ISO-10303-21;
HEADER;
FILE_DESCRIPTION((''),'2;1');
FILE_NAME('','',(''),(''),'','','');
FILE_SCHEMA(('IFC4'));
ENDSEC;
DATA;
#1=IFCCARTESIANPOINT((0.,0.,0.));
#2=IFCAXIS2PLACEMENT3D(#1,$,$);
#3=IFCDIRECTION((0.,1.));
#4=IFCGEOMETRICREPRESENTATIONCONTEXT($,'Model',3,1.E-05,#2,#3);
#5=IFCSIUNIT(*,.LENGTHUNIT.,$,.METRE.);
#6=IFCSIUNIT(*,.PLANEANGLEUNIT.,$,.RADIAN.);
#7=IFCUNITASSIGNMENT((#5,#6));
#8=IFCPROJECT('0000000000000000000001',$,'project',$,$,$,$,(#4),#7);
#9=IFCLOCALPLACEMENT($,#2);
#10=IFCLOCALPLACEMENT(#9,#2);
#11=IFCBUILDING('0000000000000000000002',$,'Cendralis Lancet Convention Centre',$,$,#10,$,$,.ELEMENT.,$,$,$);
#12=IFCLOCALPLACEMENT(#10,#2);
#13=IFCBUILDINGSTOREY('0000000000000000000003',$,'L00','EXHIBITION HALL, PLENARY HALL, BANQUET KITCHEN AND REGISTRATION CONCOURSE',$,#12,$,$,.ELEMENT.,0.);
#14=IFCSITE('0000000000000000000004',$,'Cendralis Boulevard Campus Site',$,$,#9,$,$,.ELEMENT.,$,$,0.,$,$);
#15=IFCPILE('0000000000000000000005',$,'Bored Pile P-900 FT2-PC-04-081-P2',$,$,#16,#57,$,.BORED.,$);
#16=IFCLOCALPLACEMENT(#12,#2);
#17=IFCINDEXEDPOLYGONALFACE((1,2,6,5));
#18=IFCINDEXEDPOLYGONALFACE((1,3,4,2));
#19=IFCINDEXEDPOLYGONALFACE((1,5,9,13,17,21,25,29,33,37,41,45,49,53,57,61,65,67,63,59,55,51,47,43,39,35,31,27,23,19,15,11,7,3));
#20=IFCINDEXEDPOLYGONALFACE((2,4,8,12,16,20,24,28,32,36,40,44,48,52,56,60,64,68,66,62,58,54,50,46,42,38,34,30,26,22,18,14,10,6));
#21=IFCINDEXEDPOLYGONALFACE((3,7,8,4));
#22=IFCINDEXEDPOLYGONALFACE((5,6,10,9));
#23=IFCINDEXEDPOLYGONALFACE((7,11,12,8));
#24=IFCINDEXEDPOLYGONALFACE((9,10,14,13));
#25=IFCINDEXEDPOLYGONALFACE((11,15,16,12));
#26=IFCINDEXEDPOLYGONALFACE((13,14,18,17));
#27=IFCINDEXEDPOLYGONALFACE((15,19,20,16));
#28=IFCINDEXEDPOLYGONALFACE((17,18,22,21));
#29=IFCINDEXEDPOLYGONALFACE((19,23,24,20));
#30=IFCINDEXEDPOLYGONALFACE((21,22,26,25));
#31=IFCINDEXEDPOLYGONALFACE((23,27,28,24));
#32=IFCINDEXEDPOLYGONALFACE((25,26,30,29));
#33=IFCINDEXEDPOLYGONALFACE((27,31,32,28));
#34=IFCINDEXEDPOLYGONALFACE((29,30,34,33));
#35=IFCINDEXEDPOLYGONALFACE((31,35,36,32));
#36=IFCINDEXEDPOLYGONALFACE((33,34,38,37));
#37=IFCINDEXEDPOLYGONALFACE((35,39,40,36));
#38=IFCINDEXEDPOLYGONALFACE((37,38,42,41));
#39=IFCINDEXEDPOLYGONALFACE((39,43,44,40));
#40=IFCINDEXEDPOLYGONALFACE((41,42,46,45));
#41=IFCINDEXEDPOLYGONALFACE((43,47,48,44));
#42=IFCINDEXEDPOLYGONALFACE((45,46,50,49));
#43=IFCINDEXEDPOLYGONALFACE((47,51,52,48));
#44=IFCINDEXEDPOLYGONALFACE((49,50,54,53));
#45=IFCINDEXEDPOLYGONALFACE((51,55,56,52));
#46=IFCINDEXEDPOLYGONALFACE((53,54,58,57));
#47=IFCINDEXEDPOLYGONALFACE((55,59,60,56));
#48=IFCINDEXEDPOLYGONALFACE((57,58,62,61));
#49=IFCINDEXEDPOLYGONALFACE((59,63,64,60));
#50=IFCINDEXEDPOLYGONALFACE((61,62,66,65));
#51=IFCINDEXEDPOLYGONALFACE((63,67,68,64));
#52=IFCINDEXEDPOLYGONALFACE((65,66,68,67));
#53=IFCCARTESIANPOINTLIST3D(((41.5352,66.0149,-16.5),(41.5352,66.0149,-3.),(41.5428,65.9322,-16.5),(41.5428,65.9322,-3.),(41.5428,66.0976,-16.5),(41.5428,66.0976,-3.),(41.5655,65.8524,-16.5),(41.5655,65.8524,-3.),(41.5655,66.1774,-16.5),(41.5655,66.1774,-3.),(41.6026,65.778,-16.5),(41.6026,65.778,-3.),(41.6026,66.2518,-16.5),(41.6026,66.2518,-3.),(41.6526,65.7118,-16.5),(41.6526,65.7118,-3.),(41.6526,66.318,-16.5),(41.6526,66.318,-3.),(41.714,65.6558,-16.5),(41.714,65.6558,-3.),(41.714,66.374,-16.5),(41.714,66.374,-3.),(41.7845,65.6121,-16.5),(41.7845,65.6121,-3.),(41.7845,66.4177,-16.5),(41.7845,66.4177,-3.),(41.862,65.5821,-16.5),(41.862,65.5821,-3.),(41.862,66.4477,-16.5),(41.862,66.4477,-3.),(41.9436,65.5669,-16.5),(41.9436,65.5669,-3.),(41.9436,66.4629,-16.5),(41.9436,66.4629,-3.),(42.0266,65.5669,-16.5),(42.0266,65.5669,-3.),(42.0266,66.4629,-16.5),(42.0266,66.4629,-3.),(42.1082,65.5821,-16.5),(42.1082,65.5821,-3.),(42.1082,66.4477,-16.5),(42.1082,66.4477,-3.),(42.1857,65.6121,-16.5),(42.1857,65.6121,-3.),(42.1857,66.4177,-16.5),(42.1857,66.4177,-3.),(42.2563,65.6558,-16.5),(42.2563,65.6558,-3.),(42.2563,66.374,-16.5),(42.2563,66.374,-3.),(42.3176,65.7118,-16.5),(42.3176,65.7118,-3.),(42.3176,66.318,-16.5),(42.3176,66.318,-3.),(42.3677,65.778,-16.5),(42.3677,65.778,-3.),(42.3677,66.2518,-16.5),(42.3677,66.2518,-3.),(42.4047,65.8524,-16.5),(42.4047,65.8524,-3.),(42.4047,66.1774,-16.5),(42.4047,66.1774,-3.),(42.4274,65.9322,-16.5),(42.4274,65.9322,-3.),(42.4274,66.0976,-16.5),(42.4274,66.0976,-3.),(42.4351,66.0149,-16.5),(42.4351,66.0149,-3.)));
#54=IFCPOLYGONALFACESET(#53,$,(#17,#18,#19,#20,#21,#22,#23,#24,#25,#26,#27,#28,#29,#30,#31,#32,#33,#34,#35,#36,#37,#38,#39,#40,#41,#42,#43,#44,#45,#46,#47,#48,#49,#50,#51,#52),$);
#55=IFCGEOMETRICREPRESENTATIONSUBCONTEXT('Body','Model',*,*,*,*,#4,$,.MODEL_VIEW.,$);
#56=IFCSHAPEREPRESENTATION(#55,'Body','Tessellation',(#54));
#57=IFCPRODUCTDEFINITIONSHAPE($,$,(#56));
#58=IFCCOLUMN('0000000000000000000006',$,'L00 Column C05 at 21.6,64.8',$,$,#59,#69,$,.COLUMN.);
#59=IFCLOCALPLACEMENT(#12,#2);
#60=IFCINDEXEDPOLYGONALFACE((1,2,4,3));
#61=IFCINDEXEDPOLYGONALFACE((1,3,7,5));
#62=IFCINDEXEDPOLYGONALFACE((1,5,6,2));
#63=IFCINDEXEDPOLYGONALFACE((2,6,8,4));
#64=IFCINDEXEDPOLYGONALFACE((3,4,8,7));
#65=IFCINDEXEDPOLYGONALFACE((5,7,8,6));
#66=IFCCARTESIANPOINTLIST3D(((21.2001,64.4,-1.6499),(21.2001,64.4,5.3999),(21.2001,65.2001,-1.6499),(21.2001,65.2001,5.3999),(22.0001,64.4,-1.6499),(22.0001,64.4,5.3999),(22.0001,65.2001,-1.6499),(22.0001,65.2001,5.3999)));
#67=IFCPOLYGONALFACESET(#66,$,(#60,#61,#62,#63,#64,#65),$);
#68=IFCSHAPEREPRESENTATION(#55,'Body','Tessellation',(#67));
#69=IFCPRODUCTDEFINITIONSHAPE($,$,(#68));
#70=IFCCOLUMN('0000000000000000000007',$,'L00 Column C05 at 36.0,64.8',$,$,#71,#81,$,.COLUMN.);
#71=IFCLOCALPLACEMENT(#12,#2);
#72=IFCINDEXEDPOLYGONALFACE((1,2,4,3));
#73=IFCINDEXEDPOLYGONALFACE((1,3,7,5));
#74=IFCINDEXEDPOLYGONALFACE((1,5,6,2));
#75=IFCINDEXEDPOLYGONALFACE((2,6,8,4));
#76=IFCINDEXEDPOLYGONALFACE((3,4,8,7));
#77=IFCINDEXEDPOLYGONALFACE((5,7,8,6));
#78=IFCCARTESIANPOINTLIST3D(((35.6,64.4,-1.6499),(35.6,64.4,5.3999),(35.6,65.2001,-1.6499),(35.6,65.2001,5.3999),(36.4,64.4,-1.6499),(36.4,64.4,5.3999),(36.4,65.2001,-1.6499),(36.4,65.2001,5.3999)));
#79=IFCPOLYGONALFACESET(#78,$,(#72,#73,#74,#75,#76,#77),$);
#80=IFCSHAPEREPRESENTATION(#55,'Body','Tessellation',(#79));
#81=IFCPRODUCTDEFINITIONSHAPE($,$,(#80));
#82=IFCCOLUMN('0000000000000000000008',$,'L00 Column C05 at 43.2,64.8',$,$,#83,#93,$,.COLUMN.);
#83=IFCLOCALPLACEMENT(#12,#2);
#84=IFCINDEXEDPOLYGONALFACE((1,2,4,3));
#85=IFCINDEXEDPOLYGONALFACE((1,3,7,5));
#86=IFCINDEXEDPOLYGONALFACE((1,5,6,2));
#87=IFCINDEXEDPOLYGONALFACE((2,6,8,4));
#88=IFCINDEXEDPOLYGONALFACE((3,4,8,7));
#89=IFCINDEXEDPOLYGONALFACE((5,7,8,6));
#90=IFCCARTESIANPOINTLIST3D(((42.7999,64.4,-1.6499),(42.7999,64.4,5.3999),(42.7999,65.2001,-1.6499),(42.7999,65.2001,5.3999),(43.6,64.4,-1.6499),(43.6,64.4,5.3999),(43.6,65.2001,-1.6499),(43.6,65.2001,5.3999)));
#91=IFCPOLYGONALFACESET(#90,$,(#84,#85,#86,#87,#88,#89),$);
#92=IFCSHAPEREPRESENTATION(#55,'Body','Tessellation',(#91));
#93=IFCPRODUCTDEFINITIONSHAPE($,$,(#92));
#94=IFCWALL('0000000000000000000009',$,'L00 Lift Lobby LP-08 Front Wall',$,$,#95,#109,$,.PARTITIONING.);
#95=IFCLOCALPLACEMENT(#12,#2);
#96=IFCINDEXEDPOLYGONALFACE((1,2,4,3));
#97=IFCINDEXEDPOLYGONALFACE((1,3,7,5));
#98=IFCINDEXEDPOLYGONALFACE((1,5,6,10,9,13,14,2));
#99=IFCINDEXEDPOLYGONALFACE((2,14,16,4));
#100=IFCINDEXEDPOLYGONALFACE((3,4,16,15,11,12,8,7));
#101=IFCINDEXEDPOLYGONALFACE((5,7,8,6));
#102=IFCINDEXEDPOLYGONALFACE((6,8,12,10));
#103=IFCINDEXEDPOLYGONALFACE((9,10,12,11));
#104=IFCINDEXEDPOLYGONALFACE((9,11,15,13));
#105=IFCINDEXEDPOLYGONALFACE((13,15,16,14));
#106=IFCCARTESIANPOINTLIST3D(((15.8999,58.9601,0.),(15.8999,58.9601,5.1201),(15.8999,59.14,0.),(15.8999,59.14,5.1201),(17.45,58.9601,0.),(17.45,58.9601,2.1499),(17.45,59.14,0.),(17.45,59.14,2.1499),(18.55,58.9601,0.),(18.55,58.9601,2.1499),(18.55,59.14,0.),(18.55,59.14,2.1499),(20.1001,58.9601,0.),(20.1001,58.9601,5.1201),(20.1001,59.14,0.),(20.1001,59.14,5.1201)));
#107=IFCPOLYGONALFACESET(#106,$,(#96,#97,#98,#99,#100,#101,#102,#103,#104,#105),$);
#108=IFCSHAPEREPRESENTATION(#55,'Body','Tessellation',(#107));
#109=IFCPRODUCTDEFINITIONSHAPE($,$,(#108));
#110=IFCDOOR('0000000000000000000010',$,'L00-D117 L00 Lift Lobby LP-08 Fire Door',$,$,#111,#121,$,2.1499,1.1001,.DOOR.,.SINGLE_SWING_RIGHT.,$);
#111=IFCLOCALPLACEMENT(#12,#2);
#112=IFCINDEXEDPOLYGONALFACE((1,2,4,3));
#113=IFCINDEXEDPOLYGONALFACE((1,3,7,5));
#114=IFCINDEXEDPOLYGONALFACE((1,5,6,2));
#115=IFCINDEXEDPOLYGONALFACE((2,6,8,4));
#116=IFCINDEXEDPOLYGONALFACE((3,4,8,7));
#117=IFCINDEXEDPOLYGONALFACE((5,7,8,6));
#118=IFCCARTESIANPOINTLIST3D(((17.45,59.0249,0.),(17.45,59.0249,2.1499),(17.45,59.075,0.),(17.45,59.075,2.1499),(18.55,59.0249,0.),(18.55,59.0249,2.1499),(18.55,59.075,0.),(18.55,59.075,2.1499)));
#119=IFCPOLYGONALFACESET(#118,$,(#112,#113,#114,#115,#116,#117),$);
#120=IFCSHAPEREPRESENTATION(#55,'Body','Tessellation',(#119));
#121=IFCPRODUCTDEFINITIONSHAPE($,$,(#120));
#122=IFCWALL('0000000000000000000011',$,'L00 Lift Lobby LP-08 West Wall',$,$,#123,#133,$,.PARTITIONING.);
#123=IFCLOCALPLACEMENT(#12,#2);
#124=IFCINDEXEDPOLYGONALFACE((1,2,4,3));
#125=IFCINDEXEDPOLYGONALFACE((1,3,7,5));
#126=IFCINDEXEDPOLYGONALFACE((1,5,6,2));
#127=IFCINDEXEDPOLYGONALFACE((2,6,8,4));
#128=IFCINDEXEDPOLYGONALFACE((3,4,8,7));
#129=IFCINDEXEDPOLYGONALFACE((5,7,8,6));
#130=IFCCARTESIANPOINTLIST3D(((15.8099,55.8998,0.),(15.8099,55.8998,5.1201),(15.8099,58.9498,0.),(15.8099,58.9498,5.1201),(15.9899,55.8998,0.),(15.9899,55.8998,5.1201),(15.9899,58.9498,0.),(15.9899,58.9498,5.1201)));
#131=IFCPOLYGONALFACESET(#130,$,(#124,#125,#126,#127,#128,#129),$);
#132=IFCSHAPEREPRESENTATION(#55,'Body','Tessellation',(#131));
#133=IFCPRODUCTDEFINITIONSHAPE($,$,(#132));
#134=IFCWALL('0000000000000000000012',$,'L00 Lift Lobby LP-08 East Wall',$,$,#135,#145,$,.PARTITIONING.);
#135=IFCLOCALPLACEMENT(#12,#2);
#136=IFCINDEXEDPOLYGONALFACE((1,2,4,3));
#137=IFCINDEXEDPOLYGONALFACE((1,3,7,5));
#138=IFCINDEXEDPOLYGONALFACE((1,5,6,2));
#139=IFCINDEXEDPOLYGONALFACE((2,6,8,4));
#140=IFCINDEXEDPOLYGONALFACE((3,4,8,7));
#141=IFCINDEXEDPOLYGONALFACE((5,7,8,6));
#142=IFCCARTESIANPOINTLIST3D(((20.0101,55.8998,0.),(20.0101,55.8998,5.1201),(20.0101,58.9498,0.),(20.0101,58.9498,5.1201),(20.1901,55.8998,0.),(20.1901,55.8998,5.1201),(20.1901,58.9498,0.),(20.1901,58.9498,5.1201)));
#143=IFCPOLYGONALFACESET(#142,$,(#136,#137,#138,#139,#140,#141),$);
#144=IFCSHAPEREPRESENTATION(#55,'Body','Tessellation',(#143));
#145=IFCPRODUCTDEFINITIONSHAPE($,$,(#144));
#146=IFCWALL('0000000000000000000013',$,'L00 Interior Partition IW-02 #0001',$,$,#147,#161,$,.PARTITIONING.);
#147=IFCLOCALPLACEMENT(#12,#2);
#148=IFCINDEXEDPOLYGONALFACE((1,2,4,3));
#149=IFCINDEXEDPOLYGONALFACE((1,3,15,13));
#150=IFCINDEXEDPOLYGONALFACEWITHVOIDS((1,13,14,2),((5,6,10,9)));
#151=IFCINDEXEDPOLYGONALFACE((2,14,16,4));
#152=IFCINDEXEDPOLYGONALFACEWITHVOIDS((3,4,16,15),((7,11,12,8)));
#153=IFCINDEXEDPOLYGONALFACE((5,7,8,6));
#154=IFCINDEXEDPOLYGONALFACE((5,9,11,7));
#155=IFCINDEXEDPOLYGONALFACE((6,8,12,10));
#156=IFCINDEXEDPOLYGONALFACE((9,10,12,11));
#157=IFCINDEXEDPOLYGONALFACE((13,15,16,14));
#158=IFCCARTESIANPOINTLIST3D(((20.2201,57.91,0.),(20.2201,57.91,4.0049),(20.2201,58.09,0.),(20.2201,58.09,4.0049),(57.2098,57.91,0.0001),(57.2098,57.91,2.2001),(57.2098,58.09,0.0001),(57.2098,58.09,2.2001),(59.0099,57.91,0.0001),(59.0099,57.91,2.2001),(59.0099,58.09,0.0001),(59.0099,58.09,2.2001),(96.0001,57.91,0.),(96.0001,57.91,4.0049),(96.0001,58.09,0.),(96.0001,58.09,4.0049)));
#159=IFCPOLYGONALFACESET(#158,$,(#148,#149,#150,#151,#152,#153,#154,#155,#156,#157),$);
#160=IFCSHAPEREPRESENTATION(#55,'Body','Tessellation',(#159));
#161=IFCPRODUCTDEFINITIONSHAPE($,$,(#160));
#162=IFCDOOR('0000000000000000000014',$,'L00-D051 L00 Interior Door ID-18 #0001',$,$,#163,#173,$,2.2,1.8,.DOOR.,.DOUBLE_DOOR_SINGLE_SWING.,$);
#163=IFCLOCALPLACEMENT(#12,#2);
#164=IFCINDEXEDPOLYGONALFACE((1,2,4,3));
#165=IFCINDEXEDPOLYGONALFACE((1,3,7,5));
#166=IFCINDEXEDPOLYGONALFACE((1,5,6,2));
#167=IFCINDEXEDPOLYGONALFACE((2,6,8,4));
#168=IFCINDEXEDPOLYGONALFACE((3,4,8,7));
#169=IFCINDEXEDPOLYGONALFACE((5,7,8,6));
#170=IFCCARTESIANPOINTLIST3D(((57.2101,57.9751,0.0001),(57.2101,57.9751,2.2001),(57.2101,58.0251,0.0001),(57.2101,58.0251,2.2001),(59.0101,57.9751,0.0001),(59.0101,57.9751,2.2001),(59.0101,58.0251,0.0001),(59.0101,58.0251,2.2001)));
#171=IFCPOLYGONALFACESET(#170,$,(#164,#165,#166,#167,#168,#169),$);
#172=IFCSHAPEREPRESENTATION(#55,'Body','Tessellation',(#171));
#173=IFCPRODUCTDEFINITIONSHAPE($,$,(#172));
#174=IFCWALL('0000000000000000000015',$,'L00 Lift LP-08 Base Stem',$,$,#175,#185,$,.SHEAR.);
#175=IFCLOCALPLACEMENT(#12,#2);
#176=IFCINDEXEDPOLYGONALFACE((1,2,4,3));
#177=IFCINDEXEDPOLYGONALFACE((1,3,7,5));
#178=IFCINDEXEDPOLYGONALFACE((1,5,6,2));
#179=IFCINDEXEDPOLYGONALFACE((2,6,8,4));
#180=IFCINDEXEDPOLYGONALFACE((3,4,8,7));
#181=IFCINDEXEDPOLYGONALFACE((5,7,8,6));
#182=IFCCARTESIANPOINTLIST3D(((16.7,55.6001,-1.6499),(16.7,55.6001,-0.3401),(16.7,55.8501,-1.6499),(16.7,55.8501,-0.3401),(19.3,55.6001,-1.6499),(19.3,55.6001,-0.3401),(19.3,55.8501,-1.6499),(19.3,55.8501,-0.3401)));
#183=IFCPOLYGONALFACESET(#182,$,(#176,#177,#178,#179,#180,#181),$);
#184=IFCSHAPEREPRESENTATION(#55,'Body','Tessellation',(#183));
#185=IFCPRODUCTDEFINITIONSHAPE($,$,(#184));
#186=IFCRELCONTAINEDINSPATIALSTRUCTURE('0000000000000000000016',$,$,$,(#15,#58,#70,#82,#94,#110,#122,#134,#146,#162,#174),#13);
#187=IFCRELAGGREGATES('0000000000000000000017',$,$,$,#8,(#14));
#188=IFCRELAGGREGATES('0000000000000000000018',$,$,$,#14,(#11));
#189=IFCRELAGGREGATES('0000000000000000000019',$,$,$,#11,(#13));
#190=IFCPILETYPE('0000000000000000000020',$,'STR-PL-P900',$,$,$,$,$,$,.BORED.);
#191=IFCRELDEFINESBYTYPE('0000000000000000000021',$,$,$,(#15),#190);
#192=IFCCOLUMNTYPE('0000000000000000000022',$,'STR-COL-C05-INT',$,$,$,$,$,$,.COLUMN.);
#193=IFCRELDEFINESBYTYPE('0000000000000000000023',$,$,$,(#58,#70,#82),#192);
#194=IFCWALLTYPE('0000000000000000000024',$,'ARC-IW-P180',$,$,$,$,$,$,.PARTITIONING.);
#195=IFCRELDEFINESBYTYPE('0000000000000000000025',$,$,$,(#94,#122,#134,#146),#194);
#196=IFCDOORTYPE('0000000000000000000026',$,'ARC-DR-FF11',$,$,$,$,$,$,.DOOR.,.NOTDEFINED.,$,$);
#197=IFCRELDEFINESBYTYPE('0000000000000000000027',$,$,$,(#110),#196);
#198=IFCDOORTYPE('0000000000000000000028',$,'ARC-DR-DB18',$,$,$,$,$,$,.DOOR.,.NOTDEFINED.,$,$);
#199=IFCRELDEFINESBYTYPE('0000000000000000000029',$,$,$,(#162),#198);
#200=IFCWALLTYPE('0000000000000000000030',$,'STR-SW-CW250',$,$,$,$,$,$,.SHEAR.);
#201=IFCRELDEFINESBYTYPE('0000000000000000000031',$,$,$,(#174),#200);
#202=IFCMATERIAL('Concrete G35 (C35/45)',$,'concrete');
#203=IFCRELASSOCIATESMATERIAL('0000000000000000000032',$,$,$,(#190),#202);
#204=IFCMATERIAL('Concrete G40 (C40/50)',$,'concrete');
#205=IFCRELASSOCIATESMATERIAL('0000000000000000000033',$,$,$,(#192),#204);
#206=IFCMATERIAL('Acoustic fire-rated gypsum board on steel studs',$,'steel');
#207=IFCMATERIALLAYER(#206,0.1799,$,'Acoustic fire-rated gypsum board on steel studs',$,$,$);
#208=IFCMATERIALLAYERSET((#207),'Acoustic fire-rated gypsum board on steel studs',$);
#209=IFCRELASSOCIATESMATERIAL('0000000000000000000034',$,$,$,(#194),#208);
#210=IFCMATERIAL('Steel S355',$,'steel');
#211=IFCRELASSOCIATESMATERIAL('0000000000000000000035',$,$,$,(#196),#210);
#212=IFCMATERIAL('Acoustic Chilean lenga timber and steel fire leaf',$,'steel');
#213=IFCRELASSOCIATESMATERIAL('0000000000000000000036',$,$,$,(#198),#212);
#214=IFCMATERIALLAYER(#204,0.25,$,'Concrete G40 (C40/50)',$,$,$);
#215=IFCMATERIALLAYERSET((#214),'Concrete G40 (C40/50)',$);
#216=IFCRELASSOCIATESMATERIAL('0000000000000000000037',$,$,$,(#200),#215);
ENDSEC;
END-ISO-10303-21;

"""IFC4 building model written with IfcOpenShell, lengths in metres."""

from ifc_helpers import new_model, si_unit, direction, frame, frame_2d, origin, origin_2d, place, context, subcontext, project, spatial, rectangle, circle, extrude, material, layer, layer_set, material_profile, profile_set, type_object, element, fill, save


model = new_model("IFC4")

# Units and contexts
model_context = context("Model", 3, precision=1e-05, world=origin(), true_north=direction((0.0, 1.0)))
body_context = subcontext(model_context, "Body", "Model", "MODEL_VIEW")
ifc_project = project(units=[si_unit("LENGTHUNIT", "METRE"), si_unit("PLANEANGLEUNIT", "RADIAN")], contexts=[model_context])

# Site, building, storey
site_placement = place(None, origin())
site = spatial("IfcSite", under=ifc_project, at=site_placement, Name="Cendralis Boulevard Campus Site", CompositionType="ELEMENT", RefElevation=0.0)
building_placement = place(site_placement, origin())
building = spatial("IfcBuilding", under=site, at=building_placement, Name="Cendralis Lancet Convention Centre", CompositionType="ELEMENT")
storey_placement = place(building_placement, origin())
storey = spatial("IfcBuildingStorey", under=building, at=storey_placement, Name="L00", Description="EXHIBITION HALL, PLENARY HALL, BANQUET KITCHEN AND REGISTRATION CONCOURSE", CompositionType="ELEMENT", Elevation=0.0)

# Shared definitions
ifc_material_1 = material(Name="Concrete G35 (C35/45)", Category="concrete")

# Pile
ifc_material_profile_1 = material_profile(ifc_material_1, circle(Radius=0.45, at=origin_2d()), Name="BORED PILE D900")
ifc_profile_set_1 = profile_set([ifc_material_profile_1], Name="Concrete G35 (C35/45)")
pile_type_1 = type_object("IfcPileType", Name="STR-PL-P900", PredefinedType="BORED", material=ifc_profile_set_1)
for number, where, z_axis, x_axis, name in (
    (1, (41.9851, 66.0149, -3.0), (0.0, 0.0, -1.0), (1.0, 0.0, 0.0), "Bored Pile P-900 FT2-PC-04-081-P2"),
):
    element("IfcPile", number, at=place(storey_placement, frame(where, z_axis=z_axis, x_axis=x_axis)), inside=storey, type_object=pile_type_1, Name=name, PredefinedType="BORED", context=body_context, shape_type="SweptSolid", body=[
        extrude(circle(Radius=0.45, at=origin_2d()), origin(), (0.0, 0.0, 1.0), 13.5),
    ])

# Columns
ifc_material_2 = material(Name="Concrete G40 (C40/50)", Category="concrete")
ifc_material_profile_2 = material_profile(ifc_material_2, rectangle(XDim=0.8, YDim=0.8, at=origin_2d()), Name="RC 800x800")
ifc_profile_set_2 = profile_set([ifc_material_profile_2], Name="Concrete G40 (C40/50)")
column_type = type_object("IfcColumnType", Name="STR-COL-C05-INT", PredefinedType="COLUMN", material=ifc_profile_set_2)
for number, where, z_axis, x_axis, name in (
    (2, (21.6001, 64.8, -1.6499), (0.0, 0.0, 1.0), (1.0, 0.0, 0.0), "L00 Column C05 at 21.6,64.8"),
    (3, (36.0, 64.8, -1.6499), (0.0, 0.0, 1.0), (1.0, 0.0, 0.0), "L00 Column C05 at 36.0,64.8"),
    (4, (43.2, 64.8, -1.6499), (0.0, 0.0, 1.0), (1.0, 0.0, 0.0), "L00 Column C05 at 43.2,64.8"),
):
    element("IfcColumn", number, at=place(storey_placement, frame(where, z_axis=z_axis, x_axis=x_axis)), inside=storey, type_object=column_type, Name=name, PredefinedType="COLUMN", context=body_context, shape_type="SweptSolid", body=[
        extrude(rectangle(XDim=0.8, YDim=0.8, at=origin_2d()), origin(), (0.0, 0.0, 1.0), 7.0498),
    ])

# Wall, opening, door
ifc_material_3 = material(Name="Acoustic fire-rated gypsum board on steel studs", Category="steel")
ifc_layer_1 = layer(ifc_material_3, 0.1799, Name="Acoustic fire-rated gypsum board on steel studs")
ifc_layer_set_1 = layer_set([ifc_layer_1], Name="Acoustic fire-rated gypsum board on steel studs")
wall_type_1 = type_object("IfcWallType", Name="ARC-IW-P180", PredefinedType="PARTITIONING", material=ifc_layer_set_1)
wall_1_placement = place(storey_placement, frame((15.8999, 59.05, 0.0), z_axis=(0.0, 0.0, 1.0), x_axis=(1.0, 0.0, 0.0)))
wall_1 = element("IfcWall", 5, at=wall_1_placement, inside=storey, type_object=wall_type_1, Name="L00 Lift Lobby LP-08 Front Wall", PredefinedType="PARTITIONING", context=body_context, shape_type="SweptSolid", body=[
    extrude(rectangle(XDim=4.2002, YDim=0.1799, at=frame_2d((2.1001, 0.0))), origin(), (0.0, 0.0, 1.0), 5.1201),
])
opening_1_placement = place(wall_1_placement, frame((1.55, 0.0, 0.0)))
opening_1 = element("IfcOpeningElement", 6, at=opening_1_placement, cuts=wall_1, PredefinedType="OPENING", context=body_context, shape_type="SweptSolid", body=[
    extrude(rectangle(XDim=1.1001, YDim=2.1499, at=frame_2d((0.55, 1.075))), frame((0.0, 0.0999, 0.0), z_axis=(0.0, -1.0, 0.0), x_axis=(1.0, 0.0, 0.0)), (0.0, 0.0, 1.0), 0.2),
])
ifc_material_4 = material(Name="Steel S355", Category="steel")
door_type_1 = type_object("IfcDoorType", Name="ARC-DR-FF11", OperationType="NOTDEFINED", PredefinedType="DOOR", material=ifc_material_4)
door_1_placement = place(opening_1_placement, origin())
door_1 = element("IfcDoor", 7, at=door_1_placement, inside=storey, type_object=door_type_1, Name="L00-D117 L00 Lift Lobby LP-08 Fire Door", OperationType="SINGLE_SWING_RIGHT", OverallHeight=2.1499, OverallWidth=1.1001, PredefinedType="DOOR", context=body_context, shape_type="SweptSolid", body=[
    extrude(rectangle(XDim=1.1001, YDim=2.1499, at=frame_2d((0.55, 1.075))), frame((0.0, 0.0249, 0.0), z_axis=(0.0, -1.0, 0.0), x_axis=(1.0, 0.0, 0.0)), (0.0, 0.0, 1.0), 0.05),
])
fill(opening_1, door_1)

# Walls
for number, where, z_axis, x_axis, name in (
    (8, (15.8999, 55.8999, 0.0), (0.0, 0.0, 1.0), (0.0, 1.0, 0.0), "L00 Lift Lobby LP-08 West Wall"),
    (9, (20.1001, 55.8999, 0.0), (0.0, 0.0, 1.0), (0.0, 1.0, 0.0), "L00 Lift Lobby LP-08 East Wall"),
):
    element("IfcWall", number, at=place(storey_placement, frame(where, z_axis=z_axis, x_axis=x_axis)), inside=storey, type_object=wall_type_1, Name=name, PredefinedType="PARTITIONING", context=body_context, shape_type="SweptSolid", body=[
        extrude(rectangle(XDim=3.05, YDim=0.1799, at=frame_2d((1.5249, 0.0))), origin(), (0.0, 0.0, 1.0), 5.1201),
    ])

# Wall, opening, door
wall_2_placement = place(storey_placement, frame((20.22, 58.0, 0.0), z_axis=(0.0, 0.0, 1.0), x_axis=(1.0, 0.0, 0.0)))
wall_2 = element("IfcWall", 10, at=wall_2_placement, inside=storey, type_object=wall_type_1, Name="L00 Interior Partition IW-02 #0001", PredefinedType="PARTITIONING", context=body_context, shape_type="SweptSolid", body=[
    extrude(rectangle(XDim=75.78, YDim=0.1799, at=frame_2d((37.8901, 0.0))), origin(), (0.0, 0.0, 1.0), 4.0049),
])
opening_2_placement = place(wall_2_placement, frame((36.99, 0.0, 0.0)))
opening_2 = element("IfcOpeningElement", 11, at=opening_2_placement, cuts=wall_2, PredefinedType="OPENING", context=body_context, shape_type="SweptSolid", body=[
    extrude(rectangle(XDim=1.8, YDim=2.2, at=frame_2d((0.8999, 1.1001))), frame((0.0, 0.0999, 0.0), z_axis=(0.0, -1.0, 0.0), x_axis=(1.0, 0.0, 0.0)), (0.0, 0.0, 1.0), 0.2),
])
ifc_material_5 = material(Name="Acoustic Chilean lenga timber and steel fire leaf", Category="steel")
door_type_2 = type_object("IfcDoorType", Name="ARC-DR-DB18", OperationType="NOTDEFINED", PredefinedType="DOOR", material=ifc_material_5)
door_2_placement = place(opening_2_placement, frame((1.8, 0.0, 0.0), z_axis=(0.0, 0.0, 1.0), x_axis=(-1.0, 0.0, 0.0)))
door_2 = element("IfcDoor", 12, at=door_2_placement, inside=storey, type_object=door_type_2, Name="L00-D051 L00 Interior Door ID-18 #0001", OperationType="DOUBLE_DOOR_SINGLE_SWING", OverallHeight=2.2, OverallWidth=1.8, PredefinedType="DOOR", context=body_context, shape_type="SweptSolid", body=[
    extrude(rectangle(XDim=1.8, YDim=2.2, at=frame_2d((0.8999, 1.1001))), frame((0.0, 0.0249, 0.0), z_axis=(0.0, -1.0, 0.0), x_axis=(1.0, 0.0, 0.0)), (0.0, 0.0, 1.0), 0.05),
])
fill(opening_2, door_2)

# Wall
ifc_layer_2 = layer(ifc_material_2, 0.25, Name="Concrete G40 (C40/50)")
ifc_layer_set_2 = layer_set([ifc_layer_2], Name="Concrete G40 (C40/50)")
wall_type_2 = type_object("IfcWallType", Name="STR-SW-CW250", PredefinedType="SHEAR", material=ifc_layer_set_2)
wall_3_placement = place(storey_placement, frame((16.7, 55.7251, -1.6499), z_axis=(0.0, 0.0, 1.0), x_axis=(1.0, 0.0, 0.0)))
element("IfcWall", 13, at=wall_3_placement, inside=storey, type_object=wall_type_2, Name="L00 Lift LP-08 Base Stem", PredefinedType="SHEAR", context=body_context, shape_type="SweptSolid", body=[
    extrude(rectangle(XDim=2.6001, YDim=0.25, at=frame_2d((1.3, 0.0))), origin(), (0.0, 0.0, 1.0), 1.3098),
])

save(model, "model.ifc")
